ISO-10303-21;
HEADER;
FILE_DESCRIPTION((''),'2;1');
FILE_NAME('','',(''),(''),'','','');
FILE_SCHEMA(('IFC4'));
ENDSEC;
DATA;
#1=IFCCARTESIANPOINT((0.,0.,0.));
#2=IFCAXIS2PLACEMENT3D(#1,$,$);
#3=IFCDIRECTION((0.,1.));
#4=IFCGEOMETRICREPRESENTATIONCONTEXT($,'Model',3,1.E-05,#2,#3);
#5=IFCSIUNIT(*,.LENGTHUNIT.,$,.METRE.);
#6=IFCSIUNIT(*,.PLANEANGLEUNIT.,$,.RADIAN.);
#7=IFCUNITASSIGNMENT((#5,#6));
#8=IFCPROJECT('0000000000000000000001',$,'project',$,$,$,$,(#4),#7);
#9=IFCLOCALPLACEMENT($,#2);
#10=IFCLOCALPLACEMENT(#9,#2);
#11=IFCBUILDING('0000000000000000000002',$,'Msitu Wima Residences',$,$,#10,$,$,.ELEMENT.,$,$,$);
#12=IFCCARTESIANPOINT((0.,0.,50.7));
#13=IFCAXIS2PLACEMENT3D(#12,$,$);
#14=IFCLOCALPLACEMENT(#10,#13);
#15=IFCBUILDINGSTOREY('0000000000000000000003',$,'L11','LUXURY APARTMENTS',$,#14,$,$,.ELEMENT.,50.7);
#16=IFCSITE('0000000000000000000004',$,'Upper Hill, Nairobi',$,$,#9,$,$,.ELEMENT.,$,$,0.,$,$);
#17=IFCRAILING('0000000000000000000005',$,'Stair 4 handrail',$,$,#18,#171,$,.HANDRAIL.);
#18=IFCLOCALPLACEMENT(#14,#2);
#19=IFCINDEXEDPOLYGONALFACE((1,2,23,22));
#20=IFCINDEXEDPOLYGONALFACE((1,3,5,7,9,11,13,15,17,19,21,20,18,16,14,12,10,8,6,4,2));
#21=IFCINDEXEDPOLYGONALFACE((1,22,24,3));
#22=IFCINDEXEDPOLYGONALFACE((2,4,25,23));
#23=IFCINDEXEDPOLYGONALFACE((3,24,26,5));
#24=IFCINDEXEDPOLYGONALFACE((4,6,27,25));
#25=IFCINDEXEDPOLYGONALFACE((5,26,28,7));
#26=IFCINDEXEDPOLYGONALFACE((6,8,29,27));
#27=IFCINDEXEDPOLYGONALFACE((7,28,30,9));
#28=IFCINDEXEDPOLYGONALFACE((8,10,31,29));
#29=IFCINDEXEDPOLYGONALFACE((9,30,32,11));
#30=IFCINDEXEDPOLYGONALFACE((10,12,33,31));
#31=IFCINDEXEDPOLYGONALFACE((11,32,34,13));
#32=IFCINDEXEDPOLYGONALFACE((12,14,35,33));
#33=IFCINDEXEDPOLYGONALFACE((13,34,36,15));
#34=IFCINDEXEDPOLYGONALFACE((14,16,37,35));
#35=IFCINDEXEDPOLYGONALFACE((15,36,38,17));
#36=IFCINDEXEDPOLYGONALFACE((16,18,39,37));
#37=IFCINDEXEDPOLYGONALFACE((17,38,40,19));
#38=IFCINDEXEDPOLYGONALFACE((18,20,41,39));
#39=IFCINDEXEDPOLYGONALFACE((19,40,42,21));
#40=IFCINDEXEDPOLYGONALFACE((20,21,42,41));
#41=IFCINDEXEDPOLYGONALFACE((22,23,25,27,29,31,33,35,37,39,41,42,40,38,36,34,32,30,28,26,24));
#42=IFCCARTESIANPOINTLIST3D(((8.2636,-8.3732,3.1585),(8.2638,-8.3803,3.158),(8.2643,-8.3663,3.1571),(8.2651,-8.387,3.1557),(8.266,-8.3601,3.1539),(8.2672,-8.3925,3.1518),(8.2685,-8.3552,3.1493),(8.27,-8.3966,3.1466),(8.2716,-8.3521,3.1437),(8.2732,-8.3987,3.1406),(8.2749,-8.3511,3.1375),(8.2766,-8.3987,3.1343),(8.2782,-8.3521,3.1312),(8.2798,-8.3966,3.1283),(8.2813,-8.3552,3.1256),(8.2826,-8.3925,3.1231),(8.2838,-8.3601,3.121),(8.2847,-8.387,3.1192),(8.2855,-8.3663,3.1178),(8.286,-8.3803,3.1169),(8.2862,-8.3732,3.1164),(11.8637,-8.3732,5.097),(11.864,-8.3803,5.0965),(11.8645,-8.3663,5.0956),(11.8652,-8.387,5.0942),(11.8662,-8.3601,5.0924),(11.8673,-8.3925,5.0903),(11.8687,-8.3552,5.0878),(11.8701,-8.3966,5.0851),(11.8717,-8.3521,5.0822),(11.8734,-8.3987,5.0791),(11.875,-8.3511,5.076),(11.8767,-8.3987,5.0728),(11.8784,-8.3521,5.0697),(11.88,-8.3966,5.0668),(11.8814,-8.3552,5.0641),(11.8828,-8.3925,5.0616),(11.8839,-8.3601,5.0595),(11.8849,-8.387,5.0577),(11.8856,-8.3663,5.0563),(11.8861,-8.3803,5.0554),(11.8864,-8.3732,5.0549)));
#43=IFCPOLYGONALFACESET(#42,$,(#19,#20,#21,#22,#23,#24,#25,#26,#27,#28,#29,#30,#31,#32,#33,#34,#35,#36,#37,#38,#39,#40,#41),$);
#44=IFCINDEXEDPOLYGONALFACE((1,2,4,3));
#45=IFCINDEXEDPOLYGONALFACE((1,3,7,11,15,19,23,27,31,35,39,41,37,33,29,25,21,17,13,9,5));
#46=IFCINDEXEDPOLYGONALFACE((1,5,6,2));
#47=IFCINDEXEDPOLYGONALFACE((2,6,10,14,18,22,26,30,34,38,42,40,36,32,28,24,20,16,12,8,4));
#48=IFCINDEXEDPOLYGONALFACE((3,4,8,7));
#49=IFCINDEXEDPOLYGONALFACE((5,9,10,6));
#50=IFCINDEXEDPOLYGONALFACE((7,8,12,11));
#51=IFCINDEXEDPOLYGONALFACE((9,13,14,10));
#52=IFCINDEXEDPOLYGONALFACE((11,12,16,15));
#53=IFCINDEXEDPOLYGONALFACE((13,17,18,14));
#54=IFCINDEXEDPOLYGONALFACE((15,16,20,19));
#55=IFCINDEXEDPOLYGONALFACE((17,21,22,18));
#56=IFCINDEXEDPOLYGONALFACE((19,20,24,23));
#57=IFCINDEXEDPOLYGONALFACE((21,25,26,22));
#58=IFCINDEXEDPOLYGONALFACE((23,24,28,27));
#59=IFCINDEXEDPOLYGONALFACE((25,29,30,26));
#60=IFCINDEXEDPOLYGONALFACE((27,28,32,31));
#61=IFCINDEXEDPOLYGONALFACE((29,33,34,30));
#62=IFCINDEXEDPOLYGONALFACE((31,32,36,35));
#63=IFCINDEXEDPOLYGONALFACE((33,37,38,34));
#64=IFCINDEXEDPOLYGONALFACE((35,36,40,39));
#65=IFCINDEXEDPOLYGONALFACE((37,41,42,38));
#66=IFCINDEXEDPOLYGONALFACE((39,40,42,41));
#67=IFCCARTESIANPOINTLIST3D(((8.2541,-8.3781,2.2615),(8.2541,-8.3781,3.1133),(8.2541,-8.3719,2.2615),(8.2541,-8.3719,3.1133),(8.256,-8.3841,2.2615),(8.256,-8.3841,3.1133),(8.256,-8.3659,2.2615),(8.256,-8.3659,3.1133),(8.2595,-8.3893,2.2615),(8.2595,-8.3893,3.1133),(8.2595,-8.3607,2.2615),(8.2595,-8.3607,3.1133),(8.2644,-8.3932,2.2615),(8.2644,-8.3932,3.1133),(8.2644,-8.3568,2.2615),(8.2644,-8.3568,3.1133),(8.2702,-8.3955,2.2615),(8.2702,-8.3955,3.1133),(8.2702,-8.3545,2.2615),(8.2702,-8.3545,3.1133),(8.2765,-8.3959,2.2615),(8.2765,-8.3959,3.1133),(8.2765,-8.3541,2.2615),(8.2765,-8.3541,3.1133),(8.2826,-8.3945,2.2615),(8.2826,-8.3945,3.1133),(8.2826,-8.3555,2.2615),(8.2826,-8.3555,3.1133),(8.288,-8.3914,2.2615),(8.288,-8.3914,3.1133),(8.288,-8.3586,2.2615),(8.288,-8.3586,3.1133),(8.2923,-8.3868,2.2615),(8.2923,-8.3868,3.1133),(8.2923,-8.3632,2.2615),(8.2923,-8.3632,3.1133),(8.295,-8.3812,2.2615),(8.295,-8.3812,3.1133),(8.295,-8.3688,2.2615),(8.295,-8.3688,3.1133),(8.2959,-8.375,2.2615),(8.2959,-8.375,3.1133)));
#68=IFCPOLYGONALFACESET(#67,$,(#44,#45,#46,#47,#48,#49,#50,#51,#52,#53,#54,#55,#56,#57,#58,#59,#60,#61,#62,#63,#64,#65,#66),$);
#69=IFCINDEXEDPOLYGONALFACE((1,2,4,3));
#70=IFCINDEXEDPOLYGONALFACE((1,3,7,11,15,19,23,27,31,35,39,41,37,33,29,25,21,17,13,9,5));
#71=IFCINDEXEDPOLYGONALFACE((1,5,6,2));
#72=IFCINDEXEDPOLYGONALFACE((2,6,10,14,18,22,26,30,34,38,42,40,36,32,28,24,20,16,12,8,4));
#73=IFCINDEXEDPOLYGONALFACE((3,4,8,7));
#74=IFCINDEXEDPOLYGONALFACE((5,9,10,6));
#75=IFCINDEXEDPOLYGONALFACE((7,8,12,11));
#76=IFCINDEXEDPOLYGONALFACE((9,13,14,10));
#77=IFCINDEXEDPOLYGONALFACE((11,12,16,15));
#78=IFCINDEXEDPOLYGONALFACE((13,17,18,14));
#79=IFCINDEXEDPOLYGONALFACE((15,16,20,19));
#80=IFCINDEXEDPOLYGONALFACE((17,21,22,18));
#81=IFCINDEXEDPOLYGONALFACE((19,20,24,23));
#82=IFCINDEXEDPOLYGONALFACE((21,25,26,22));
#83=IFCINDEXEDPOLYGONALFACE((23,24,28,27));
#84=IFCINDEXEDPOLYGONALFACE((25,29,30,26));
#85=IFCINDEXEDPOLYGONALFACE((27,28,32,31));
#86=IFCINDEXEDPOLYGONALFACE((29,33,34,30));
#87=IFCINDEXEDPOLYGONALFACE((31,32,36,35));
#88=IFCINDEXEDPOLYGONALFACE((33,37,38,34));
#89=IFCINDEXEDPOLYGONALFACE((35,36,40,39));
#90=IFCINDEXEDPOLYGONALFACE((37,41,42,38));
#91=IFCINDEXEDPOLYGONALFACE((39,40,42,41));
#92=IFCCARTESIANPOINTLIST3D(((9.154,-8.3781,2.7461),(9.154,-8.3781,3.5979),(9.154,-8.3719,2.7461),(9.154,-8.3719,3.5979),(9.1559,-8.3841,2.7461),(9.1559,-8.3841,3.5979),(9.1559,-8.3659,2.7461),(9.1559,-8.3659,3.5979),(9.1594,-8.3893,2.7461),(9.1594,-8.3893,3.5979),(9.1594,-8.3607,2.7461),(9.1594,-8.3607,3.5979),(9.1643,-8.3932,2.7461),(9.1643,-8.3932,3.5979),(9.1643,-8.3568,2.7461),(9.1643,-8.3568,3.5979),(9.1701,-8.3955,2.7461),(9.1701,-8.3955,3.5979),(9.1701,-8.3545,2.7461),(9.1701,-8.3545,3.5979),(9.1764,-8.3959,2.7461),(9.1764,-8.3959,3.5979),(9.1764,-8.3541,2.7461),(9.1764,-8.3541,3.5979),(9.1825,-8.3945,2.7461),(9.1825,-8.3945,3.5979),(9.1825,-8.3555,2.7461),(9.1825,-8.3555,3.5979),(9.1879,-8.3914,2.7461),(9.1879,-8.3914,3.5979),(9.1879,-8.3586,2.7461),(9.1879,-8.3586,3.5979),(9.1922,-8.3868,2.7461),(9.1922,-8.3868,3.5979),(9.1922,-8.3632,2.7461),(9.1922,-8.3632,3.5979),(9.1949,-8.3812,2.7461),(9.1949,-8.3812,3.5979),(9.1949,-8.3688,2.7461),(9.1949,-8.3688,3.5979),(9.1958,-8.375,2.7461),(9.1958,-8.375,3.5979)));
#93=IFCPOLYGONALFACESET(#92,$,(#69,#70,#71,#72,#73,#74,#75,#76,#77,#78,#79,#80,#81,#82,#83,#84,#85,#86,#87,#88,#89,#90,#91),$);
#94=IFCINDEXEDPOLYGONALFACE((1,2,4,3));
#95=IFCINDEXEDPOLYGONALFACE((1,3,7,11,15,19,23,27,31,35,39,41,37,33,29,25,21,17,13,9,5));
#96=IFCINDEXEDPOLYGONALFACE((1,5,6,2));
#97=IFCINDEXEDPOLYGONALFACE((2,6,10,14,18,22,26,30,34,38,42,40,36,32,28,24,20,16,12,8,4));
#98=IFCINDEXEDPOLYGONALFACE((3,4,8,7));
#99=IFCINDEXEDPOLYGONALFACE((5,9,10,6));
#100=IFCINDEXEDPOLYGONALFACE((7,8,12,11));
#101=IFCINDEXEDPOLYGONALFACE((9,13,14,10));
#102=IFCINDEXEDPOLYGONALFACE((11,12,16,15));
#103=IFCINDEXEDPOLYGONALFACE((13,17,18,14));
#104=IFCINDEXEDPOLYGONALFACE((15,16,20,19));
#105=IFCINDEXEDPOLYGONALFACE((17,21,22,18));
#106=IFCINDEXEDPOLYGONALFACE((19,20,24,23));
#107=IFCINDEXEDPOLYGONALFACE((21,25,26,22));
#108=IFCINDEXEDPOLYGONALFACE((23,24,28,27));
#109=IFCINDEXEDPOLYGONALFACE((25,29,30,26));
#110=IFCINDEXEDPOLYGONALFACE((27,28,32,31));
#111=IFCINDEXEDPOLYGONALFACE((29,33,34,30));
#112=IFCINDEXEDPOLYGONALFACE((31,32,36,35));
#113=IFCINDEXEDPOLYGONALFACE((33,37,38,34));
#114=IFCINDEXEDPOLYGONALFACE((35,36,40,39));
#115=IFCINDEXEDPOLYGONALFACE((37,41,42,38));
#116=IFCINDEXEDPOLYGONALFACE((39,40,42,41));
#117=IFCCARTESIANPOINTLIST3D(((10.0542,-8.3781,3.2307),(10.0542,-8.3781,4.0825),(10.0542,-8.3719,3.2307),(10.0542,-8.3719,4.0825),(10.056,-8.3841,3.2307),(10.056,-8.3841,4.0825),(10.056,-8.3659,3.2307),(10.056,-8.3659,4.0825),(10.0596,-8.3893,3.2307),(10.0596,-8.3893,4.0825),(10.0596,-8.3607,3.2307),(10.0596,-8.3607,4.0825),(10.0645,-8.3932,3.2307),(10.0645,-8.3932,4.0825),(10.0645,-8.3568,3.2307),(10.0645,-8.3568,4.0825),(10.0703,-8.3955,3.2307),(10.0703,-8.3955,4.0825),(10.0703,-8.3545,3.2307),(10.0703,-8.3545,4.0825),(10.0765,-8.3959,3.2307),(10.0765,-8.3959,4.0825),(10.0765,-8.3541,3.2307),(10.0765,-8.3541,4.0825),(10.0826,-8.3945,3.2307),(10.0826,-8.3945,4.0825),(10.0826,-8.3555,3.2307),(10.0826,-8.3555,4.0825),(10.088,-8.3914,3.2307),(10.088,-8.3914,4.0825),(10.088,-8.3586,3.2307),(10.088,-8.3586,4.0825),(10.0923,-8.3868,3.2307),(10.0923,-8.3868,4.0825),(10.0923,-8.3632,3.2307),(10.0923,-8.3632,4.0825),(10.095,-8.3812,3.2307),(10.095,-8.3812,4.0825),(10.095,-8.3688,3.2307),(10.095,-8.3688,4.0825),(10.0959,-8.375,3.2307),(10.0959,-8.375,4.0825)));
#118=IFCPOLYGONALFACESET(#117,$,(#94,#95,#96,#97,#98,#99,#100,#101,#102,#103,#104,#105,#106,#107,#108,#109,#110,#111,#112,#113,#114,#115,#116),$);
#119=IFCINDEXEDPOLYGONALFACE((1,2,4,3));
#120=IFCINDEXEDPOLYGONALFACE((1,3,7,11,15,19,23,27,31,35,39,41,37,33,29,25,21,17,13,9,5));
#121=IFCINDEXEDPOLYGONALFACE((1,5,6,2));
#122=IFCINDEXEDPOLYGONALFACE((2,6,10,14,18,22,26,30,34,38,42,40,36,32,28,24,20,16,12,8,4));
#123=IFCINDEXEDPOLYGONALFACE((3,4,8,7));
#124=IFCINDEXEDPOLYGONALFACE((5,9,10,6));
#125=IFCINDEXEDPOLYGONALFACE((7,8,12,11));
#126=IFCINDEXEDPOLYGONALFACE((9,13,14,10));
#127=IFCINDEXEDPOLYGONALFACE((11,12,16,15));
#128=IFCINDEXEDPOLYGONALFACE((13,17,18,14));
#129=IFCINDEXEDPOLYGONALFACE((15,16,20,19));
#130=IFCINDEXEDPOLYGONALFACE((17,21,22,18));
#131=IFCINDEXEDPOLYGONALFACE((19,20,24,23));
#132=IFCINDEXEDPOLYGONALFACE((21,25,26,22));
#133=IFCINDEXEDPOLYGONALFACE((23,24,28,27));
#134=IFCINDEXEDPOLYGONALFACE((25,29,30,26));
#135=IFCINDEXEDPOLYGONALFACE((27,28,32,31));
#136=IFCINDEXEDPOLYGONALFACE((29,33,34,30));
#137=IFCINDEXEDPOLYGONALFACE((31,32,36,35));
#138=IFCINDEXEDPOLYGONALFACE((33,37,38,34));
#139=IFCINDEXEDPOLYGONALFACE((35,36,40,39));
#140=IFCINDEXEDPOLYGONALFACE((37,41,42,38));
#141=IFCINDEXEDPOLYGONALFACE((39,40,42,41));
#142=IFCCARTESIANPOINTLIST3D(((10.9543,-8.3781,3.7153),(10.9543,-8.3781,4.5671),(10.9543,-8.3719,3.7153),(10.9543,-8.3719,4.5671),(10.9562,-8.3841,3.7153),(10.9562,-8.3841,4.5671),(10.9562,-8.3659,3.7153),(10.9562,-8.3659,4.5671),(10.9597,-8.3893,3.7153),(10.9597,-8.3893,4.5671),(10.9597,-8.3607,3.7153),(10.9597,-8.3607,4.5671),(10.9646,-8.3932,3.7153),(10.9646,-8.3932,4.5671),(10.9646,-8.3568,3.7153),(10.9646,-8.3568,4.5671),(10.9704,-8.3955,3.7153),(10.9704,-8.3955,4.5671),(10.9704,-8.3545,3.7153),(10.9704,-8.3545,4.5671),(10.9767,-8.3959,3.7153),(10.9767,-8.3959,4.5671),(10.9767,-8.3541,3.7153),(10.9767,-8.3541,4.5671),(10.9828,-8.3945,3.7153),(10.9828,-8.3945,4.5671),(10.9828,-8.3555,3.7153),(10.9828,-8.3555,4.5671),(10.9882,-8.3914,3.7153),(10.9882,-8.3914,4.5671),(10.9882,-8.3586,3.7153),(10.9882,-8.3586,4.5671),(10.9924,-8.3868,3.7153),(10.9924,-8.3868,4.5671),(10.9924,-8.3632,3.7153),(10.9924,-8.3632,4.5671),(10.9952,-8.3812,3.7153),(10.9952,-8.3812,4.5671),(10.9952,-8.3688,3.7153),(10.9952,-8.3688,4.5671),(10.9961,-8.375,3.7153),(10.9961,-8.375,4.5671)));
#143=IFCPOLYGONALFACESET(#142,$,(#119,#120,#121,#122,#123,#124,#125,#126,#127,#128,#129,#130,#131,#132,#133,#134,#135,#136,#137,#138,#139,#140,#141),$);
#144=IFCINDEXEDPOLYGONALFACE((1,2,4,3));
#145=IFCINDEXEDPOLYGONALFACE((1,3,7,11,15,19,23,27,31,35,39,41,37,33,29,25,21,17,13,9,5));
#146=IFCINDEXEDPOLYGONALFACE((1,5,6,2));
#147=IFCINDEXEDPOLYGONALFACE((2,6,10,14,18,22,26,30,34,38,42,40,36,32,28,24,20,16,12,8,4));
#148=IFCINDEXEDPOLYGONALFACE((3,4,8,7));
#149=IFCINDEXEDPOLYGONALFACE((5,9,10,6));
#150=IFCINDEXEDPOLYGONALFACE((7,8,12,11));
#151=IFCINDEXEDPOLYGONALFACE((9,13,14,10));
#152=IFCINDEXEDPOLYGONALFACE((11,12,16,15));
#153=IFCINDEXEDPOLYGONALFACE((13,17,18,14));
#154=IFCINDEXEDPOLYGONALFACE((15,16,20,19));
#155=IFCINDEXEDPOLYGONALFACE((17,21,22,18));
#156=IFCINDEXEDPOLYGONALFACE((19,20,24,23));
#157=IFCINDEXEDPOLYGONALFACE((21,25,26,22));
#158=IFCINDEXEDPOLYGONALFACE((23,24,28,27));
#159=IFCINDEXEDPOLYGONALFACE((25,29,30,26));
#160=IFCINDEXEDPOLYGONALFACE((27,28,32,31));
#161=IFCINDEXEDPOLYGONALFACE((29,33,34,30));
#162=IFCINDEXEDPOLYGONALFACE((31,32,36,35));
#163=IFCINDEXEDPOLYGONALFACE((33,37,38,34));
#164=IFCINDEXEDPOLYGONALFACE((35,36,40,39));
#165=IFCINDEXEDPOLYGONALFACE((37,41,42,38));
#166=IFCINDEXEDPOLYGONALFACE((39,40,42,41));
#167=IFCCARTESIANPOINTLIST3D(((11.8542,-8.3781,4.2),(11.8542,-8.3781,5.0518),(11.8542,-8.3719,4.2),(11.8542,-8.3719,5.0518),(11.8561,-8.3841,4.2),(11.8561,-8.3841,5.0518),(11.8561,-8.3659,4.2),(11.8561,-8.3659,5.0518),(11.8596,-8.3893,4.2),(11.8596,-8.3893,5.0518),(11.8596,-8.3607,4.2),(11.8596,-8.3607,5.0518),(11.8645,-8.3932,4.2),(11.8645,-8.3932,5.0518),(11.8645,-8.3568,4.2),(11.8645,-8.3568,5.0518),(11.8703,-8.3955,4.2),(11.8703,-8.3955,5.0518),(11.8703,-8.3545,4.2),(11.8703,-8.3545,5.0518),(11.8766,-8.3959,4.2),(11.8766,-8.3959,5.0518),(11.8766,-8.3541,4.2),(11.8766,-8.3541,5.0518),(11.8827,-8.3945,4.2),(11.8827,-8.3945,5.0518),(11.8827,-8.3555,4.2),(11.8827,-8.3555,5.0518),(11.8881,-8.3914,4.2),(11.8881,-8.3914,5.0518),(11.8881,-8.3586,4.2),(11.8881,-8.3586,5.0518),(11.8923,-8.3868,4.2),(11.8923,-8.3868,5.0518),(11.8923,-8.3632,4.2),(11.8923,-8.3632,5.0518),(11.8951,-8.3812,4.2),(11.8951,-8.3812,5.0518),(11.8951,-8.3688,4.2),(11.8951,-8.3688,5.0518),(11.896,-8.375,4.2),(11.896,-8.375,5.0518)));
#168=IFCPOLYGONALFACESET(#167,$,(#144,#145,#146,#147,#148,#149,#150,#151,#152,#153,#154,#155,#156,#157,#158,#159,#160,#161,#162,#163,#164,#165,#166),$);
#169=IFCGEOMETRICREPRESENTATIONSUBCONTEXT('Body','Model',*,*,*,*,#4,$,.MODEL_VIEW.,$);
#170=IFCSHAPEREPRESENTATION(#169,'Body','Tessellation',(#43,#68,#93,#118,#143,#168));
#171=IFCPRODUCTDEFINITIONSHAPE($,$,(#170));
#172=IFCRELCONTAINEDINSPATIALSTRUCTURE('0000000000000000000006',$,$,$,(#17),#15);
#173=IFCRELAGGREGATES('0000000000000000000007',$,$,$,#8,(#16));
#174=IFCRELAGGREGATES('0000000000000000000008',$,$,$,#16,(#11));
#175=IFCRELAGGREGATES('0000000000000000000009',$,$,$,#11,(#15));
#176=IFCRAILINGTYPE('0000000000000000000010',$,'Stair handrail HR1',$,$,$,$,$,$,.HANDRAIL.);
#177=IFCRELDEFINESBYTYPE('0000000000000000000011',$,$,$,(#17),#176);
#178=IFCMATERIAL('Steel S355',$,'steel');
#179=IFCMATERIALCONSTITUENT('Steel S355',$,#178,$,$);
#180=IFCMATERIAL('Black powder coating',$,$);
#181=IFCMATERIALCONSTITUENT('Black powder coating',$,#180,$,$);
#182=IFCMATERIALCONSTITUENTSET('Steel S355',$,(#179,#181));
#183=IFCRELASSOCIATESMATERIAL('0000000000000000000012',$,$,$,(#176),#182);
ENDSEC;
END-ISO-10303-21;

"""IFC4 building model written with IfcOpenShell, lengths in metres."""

from ifc_helpers import new_model, si_unit, direction, frame, origin, origin_2d, place, context, subcontext, project, spatial, circle, extrude, material, constituent, constituent_set, type_object, element, save


model = new_model("IFC4")

# Units and contexts
model_context = context("Model", 3, precision=1e-05, world=origin(), true_north=direction((0.0, 1.0)))
body_context = subcontext(model_context, "Body", "Model", "MODEL_VIEW")
ifc_project = project(units=[si_unit("LENGTHUNIT", "METRE"), si_unit("PLANEANGLEUNIT", "RADIAN")], contexts=[model_context])

# Site, building, storey
site_placement = place(None, origin())
site = spatial("IfcSite", under=ifc_project, at=site_placement, Name="Upper Hill, Nairobi", CompositionType="ELEMENT", RefElevation=0.0)
building_placement = place(site_placement, origin())
building = spatial("IfcBuilding", under=site, at=building_placement, Name="Msitu Wima Residences", CompositionType="ELEMENT")
storey_placement = place(building_placement, frame((0.0, 0.0, 50.7)))
storey = spatial("IfcBuildingStorey", under=building, at=storey_placement, Name="L11", Description="LUXURY APARTMENTS", CompositionType="ELEMENT", Elevation=50.7)

# Railing
ifc_material_1 = material(Name="Steel S355", Category="steel")
ifc_constituent_1 = constituent(ifc_material_1, Name="Steel S355")
ifc_material_2 = material(Name="Black powder coating")
ifc_constituent_2 = constituent(ifc_material_2, Name="Black powder coating")
ifc_constituent_set = constituent_set(constituents=[ifc_constituent_1, ifc_constituent_2], Name="Steel S355")
railing_type = type_object("IfcRailingType", Name="Stair handrail HR1", PredefinedType="HANDRAIL", material=ifc_constituent_set)
for number, where, name in (
    (1, (8.2749, -8.375, 2.2615), "Stair 4 handrail"),
):
    element("IfcRailing", number, at=place(storey_placement, frame(where)), inside=storey, type_object=railing_type, Name=name, PredefinedType="HANDRAIL", context=body_context, shape_type="SweptSolid", body=[
        extrude(circle(Radius=0.0239, at=origin_2d()), frame((0.0, 0.0, 0.876), z_axis=(0.880475, 0.0, 0.474093), x_axis=(0.0, 1.0, 0.0)), (0.0, 0.0, 1.0), 4.0889),
        extrude(circle(Radius=0.021, at=origin_2d()), origin(), (0.0, 0.0, 1.0), 0.8518),
        extrude(circle(Radius=0.021, at=origin_2d()), frame((0.8999, 0.0, 0.4846)), (0.0, 0.0, 1.0), 0.8518),
        extrude(circle(Radius=0.021, at=origin_2d()), frame((1.8, 0.0, 0.9692)), (0.0, 0.0, 1.0), 0.8518),
        extrude(circle(Radius=0.021, at=origin_2d()), frame((2.7002, 0.0, 1.4539)), (0.0, 0.0, 1.0), 0.8518),
        extrude(circle(Radius=0.021, at=origin_2d()), frame((3.6001, 0.0, 1.9385)), (0.0, 0.0, 1.0), 0.8518),
    ])

save(model, "model.ifc")
